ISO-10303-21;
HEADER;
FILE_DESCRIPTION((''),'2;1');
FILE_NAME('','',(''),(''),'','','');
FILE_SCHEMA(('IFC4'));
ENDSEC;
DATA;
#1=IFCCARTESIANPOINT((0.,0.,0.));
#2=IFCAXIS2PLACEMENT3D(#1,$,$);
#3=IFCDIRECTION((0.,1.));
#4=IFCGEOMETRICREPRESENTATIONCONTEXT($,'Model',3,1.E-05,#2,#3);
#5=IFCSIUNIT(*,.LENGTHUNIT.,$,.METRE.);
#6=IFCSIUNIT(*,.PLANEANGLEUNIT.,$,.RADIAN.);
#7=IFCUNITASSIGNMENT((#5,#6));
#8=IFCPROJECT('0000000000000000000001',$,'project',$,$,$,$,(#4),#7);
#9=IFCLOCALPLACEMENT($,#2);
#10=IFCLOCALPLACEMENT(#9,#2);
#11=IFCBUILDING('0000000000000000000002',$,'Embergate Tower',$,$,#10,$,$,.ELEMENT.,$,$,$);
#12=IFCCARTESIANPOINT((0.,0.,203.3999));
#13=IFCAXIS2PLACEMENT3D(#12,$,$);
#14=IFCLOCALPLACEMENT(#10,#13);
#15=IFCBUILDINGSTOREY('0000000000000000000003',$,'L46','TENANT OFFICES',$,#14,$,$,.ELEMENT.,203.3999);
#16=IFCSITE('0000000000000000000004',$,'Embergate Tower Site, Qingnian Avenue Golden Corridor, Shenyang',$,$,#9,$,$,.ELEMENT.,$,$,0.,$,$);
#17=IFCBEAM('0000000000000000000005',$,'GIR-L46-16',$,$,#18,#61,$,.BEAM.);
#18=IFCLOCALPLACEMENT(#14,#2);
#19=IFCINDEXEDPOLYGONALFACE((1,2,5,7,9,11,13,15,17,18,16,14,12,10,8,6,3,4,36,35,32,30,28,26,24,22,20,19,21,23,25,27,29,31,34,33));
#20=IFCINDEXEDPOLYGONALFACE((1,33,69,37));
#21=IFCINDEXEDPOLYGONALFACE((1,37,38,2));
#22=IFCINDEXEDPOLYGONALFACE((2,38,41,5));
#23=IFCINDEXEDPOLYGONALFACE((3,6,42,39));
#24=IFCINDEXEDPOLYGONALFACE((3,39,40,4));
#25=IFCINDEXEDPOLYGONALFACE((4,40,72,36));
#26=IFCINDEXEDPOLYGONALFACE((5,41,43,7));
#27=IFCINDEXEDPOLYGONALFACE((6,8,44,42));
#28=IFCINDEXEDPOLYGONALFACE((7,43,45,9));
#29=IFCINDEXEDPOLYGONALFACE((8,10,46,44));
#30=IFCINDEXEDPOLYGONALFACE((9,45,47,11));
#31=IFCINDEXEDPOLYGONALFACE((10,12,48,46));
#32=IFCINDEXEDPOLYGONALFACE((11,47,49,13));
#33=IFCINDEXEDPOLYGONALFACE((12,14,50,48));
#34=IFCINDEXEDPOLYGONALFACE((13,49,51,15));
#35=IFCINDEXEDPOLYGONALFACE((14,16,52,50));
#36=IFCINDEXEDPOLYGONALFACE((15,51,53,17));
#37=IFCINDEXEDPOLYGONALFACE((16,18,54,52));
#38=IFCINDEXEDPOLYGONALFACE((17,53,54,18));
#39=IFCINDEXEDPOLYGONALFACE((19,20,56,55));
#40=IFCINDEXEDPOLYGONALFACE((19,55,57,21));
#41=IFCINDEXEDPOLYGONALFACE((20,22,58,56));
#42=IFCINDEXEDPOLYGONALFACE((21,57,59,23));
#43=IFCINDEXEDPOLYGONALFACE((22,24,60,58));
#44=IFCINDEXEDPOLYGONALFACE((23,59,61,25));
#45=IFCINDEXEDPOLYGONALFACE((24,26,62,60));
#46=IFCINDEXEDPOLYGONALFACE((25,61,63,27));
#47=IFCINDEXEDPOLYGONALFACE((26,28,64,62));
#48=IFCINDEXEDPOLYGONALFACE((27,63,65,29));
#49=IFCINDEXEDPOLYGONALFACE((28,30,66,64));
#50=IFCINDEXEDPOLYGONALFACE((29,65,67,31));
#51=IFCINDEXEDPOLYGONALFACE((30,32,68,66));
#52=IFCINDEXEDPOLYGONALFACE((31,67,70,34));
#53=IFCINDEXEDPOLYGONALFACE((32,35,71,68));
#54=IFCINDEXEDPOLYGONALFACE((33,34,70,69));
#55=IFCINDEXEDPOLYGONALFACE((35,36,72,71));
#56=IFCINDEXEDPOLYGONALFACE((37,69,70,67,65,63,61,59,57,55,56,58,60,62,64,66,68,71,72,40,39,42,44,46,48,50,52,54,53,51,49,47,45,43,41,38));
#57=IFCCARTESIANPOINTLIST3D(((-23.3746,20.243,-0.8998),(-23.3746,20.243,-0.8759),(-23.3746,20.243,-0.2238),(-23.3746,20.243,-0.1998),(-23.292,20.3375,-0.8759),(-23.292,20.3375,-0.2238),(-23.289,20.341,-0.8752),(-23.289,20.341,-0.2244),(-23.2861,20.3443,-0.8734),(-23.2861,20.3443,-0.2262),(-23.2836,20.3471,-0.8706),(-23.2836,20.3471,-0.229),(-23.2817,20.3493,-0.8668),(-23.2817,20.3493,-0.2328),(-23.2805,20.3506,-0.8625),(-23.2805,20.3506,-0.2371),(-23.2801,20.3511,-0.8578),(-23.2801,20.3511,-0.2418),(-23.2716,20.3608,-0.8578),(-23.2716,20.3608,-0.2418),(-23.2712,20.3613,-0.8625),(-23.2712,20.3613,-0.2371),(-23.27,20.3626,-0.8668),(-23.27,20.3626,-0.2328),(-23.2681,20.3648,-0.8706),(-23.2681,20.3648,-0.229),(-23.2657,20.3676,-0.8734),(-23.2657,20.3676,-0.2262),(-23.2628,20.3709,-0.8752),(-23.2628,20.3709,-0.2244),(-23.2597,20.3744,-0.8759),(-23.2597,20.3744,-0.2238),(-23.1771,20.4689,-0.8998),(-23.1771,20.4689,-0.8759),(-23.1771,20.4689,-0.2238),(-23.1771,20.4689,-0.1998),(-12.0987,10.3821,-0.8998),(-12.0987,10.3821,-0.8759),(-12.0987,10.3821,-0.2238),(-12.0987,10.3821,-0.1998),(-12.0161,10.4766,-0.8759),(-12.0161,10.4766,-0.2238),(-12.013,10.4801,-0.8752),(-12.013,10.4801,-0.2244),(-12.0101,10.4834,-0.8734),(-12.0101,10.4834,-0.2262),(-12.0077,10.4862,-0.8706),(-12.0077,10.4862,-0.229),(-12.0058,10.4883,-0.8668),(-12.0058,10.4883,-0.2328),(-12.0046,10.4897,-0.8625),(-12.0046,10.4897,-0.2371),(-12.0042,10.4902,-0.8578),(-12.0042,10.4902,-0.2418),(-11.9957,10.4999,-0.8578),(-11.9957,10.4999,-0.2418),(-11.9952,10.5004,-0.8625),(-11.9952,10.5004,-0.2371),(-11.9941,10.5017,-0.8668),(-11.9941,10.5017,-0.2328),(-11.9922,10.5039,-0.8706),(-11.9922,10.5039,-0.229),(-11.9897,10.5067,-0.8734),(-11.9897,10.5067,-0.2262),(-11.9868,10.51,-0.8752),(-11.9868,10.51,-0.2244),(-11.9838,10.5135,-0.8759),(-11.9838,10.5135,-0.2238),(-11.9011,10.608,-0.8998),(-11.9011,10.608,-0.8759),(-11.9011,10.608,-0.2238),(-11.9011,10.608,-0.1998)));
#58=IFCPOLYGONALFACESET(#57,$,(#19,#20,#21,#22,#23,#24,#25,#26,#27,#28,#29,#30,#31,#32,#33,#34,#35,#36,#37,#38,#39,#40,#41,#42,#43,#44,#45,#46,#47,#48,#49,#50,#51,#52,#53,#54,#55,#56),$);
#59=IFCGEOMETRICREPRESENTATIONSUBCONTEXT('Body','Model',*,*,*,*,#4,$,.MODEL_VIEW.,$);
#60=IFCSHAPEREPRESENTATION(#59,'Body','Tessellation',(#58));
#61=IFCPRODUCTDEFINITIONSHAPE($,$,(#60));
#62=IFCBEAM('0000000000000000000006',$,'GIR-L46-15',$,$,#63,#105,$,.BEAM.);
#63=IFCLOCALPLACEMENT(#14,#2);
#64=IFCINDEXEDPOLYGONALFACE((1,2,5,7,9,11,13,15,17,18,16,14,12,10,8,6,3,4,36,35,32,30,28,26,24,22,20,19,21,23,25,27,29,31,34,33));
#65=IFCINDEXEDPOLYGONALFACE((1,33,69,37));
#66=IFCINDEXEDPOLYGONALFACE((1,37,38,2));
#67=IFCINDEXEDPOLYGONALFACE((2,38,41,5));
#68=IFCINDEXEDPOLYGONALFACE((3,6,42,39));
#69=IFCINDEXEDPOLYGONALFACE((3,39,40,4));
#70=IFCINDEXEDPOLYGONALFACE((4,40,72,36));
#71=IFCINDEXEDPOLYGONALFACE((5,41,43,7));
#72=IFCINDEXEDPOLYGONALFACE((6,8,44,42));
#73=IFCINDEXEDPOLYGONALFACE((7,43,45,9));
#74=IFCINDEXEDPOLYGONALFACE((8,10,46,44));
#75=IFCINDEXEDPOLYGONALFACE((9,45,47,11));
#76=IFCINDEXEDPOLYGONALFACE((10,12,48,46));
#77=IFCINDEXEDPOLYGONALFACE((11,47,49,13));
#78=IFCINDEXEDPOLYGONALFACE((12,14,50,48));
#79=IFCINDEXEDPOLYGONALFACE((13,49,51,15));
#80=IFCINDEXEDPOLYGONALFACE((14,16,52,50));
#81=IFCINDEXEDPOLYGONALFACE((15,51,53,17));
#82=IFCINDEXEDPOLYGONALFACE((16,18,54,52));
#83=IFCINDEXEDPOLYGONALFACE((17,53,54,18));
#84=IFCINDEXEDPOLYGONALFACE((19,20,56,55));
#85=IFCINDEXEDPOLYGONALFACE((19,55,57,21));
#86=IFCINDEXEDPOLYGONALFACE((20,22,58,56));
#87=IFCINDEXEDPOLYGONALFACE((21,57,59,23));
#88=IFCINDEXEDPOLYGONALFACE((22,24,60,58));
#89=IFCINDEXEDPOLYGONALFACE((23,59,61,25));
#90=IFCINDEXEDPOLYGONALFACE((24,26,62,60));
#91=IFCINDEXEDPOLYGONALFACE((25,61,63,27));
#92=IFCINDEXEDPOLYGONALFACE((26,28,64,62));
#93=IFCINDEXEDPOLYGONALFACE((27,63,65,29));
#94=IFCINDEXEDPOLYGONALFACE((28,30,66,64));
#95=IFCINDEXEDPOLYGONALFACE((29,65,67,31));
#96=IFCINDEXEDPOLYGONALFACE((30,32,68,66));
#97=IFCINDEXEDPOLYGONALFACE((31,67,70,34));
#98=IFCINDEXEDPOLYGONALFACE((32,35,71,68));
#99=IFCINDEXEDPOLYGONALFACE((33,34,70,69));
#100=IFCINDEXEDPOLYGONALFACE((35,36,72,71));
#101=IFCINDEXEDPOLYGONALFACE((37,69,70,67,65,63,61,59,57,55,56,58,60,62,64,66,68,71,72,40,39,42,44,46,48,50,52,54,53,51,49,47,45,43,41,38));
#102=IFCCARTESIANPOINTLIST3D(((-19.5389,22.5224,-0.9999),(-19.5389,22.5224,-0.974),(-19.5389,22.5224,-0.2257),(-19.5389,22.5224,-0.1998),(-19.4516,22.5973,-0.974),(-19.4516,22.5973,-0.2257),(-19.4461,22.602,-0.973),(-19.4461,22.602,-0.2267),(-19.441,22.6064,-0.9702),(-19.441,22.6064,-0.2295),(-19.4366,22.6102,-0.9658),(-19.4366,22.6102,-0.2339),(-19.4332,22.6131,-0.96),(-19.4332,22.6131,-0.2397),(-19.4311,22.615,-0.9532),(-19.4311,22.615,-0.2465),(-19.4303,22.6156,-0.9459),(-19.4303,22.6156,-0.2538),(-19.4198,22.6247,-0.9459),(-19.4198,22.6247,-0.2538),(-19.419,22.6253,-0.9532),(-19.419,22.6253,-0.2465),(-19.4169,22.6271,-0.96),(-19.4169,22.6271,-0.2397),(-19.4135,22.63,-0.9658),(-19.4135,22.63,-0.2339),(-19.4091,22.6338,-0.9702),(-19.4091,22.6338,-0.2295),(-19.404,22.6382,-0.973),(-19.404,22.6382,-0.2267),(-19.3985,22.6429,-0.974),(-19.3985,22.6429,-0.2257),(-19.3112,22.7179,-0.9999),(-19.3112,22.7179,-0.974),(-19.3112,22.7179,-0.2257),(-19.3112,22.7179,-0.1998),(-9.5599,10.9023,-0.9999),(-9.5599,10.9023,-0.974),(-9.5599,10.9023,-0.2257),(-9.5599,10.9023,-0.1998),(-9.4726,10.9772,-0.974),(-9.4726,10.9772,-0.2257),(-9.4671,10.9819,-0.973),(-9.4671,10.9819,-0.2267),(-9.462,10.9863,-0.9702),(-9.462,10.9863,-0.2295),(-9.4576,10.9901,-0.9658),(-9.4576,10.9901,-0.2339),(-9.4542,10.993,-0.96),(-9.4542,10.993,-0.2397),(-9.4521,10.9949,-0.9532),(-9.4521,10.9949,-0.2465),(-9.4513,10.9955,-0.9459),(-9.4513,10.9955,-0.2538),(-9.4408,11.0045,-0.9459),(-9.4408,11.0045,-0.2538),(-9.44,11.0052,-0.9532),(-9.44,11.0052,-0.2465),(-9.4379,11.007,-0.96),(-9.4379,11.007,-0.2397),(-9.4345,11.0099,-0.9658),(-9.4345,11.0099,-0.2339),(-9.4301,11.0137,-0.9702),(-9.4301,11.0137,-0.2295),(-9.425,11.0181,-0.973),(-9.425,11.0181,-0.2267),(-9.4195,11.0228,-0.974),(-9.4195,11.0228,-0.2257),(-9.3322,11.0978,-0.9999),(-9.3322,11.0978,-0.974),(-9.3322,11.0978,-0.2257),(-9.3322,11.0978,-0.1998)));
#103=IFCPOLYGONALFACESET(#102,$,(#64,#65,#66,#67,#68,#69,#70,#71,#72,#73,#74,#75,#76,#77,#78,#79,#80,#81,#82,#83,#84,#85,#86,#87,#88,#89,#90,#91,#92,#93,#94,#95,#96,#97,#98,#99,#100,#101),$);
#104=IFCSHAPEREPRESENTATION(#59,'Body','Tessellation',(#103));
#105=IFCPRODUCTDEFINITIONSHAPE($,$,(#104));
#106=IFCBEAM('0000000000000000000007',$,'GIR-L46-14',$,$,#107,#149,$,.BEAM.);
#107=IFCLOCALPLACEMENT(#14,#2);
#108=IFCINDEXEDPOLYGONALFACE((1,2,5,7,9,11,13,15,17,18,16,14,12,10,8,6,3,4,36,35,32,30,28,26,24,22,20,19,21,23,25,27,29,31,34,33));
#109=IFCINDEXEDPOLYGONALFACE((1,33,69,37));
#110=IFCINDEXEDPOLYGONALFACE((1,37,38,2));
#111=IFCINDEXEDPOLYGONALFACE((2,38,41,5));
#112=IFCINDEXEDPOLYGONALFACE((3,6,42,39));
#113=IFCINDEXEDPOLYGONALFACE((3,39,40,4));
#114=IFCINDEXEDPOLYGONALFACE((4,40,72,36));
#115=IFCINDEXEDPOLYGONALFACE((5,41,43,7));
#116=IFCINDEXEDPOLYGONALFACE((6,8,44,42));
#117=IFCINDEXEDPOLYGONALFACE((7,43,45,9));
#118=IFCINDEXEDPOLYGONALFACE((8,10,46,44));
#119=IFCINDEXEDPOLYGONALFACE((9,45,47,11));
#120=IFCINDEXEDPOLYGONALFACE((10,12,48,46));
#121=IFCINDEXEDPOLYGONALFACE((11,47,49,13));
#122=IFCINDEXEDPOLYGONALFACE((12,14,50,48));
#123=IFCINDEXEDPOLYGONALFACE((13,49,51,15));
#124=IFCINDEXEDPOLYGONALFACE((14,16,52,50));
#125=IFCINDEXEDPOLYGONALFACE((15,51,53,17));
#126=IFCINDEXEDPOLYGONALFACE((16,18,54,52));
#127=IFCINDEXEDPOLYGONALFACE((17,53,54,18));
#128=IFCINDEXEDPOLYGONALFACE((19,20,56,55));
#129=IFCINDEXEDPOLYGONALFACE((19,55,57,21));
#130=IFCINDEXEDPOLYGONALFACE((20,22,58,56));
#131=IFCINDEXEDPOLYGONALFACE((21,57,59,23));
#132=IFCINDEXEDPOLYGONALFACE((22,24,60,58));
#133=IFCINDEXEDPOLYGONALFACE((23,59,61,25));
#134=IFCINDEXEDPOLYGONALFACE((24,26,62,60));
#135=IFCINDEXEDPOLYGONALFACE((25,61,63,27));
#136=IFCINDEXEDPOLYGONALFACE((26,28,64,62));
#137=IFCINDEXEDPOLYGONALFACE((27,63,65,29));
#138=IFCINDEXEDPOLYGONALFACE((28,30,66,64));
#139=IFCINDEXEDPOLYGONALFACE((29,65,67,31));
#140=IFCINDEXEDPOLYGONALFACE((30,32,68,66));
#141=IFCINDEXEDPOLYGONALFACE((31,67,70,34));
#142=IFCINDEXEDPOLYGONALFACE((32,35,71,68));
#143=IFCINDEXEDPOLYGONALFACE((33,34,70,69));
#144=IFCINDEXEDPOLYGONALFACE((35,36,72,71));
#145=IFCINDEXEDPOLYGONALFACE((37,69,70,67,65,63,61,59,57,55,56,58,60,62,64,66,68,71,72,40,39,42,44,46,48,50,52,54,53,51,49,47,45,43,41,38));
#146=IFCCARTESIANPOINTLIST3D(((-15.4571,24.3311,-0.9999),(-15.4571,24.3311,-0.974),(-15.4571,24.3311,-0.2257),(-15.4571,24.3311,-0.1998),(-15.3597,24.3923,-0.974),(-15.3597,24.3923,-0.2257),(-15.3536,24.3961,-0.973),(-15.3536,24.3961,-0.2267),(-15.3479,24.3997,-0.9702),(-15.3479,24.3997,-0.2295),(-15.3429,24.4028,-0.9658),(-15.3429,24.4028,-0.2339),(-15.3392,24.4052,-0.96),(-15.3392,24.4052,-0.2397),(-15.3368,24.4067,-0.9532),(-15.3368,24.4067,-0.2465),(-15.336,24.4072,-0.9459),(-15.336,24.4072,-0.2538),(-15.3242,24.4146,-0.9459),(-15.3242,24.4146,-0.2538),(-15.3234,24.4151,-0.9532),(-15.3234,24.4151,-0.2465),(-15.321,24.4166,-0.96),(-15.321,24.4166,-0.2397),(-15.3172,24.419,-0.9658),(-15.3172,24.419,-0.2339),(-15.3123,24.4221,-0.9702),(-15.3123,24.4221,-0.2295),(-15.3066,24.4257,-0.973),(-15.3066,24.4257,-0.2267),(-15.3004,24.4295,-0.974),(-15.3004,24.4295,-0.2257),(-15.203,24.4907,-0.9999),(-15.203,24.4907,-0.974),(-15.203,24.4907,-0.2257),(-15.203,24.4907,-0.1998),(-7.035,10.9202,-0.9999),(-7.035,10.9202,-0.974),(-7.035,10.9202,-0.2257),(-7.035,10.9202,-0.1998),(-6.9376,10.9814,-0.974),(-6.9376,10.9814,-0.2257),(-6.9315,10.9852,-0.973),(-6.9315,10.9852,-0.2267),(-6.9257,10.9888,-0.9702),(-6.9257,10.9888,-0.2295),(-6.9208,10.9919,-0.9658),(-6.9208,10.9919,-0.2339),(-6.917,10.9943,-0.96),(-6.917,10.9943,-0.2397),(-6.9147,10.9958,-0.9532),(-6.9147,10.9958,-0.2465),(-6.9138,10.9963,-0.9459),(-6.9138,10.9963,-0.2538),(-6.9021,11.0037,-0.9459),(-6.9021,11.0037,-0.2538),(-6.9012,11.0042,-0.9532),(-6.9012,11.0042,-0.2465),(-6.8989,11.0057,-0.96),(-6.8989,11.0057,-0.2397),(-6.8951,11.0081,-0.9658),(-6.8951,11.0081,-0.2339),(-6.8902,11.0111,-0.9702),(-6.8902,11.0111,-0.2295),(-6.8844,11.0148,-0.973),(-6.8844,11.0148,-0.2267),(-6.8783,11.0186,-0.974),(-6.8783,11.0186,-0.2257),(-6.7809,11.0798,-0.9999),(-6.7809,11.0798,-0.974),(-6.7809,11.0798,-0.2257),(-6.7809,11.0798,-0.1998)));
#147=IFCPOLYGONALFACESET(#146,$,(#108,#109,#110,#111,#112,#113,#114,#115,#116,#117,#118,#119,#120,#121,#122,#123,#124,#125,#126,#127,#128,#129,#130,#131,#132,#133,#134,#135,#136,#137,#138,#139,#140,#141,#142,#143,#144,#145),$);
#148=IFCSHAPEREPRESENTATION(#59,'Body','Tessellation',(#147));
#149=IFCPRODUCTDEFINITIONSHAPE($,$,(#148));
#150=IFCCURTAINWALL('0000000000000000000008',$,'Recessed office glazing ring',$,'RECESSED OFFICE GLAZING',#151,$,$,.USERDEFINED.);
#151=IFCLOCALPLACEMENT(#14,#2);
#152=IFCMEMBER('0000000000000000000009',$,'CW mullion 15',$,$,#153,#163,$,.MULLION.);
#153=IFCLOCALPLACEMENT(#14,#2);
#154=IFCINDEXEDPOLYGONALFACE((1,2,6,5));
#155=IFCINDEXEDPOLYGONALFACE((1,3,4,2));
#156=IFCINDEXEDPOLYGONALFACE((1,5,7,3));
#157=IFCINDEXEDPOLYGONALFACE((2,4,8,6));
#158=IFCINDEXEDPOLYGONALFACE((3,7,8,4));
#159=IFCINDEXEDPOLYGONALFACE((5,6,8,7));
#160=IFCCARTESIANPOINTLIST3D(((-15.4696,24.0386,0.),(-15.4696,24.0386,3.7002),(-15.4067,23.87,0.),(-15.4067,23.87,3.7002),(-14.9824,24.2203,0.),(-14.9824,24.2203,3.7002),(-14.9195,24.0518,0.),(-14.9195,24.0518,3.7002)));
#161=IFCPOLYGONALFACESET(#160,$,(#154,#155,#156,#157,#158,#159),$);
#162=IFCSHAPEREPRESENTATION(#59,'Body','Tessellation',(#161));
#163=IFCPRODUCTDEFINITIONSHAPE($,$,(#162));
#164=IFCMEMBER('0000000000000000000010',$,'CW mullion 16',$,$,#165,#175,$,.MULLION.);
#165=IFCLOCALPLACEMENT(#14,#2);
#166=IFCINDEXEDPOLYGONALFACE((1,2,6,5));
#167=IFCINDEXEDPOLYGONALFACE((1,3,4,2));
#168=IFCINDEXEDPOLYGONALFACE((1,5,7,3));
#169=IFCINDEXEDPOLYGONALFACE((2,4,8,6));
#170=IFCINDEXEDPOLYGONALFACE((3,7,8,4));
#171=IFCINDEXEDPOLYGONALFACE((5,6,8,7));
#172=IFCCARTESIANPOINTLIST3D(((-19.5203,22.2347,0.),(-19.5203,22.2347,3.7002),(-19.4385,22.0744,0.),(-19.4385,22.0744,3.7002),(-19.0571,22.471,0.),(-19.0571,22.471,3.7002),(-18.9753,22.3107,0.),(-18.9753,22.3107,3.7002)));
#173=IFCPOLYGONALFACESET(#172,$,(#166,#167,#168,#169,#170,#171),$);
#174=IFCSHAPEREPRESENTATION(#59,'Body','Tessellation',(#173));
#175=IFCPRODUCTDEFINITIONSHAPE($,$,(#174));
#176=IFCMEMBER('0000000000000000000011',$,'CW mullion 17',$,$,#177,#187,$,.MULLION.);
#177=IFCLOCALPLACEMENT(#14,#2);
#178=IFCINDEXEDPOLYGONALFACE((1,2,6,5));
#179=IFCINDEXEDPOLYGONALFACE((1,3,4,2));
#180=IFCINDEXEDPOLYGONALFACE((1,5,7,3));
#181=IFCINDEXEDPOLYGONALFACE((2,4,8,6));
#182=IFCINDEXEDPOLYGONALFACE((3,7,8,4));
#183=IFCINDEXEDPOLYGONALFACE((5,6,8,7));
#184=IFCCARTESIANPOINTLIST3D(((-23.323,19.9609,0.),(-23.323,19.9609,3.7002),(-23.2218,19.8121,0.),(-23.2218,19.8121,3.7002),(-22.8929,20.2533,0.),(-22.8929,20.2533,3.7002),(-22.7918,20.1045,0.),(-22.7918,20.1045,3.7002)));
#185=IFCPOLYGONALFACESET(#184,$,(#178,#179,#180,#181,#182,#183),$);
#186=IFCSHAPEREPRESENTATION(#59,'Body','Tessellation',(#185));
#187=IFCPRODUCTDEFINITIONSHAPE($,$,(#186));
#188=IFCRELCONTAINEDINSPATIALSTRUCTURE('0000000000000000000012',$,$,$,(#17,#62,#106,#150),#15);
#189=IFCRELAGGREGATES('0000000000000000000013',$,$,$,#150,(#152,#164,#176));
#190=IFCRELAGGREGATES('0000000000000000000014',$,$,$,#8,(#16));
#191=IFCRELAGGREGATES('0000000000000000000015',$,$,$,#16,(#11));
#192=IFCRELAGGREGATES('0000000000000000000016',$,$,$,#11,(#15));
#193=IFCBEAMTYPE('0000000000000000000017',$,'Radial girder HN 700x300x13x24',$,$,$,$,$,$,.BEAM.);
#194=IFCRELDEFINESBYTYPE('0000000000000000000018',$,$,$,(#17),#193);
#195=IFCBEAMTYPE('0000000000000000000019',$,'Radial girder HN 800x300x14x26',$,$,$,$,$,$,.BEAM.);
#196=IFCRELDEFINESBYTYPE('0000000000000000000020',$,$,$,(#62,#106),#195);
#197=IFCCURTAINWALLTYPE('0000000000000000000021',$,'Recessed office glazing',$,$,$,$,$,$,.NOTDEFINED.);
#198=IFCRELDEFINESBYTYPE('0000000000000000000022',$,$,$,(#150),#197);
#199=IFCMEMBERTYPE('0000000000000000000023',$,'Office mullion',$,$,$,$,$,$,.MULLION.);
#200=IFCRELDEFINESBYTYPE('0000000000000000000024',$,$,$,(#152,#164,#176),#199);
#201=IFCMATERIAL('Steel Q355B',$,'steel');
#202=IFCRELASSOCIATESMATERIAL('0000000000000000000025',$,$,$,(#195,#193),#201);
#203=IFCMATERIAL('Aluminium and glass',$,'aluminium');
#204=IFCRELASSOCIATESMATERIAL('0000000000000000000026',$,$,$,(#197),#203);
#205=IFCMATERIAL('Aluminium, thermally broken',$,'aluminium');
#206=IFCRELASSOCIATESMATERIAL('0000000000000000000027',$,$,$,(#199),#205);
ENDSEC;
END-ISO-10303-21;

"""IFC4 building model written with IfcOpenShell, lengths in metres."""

from ifc_helpers import new_model, si_unit, direction, frame, origin, origin_2d, place, context, subcontext, project, spatial, rectangle, i_section, extrude, source, transform, mapped, material, material_profile, profile_set, type_object, element, aggregate, save


model = new_model("IFC4")

# Units and contexts
model_context = context("Model", 3, precision=1e-05, world=origin(), true_north=direction((0.0, 1.0)))
body_context = subcontext(model_context, "Body", "Model", "MODEL_VIEW")
ifc_project = project(units=[si_unit("LENGTHUNIT", "METRE"), si_unit("PLANEANGLEUNIT", "RADIAN")], contexts=[model_context])

# Site, building, storey
site_placement = place(None, origin())
site = spatial("IfcSite", under=ifc_project, at=site_placement, Name="Embergate Tower Site, Qingnian Avenue Golden Corridor, Shenyang", CompositionType="ELEMENT", RefElevation=0.0)
building_placement = place(site_placement, origin())
building = spatial("IfcBuilding", under=site, at=building_placement, Name="Embergate Tower", CompositionType="ELEMENT")
storey_placement = place(building_placement, frame((0.0, 0.0, 203.3999)))
storey = spatial("IfcBuildingStorey", under=building, at=storey_placement, Name="L46", Description="TENANT OFFICES", CompositionType="ELEMENT", Elevation=203.3999)

# Beams
ifc_material_1 = material(Name="Steel Q355B", Category="steel")
ifc_material_profile_1 = material_profile(ifc_material_1, i_section(OverallWidth=0.3, OverallDepth=0.8, WebThickness=0.0139, FlangeThickness=0.0259, FilletRadius=0.0281, at=origin_2d()), Name="HN 800x300x14x26")
ifc_profile_set_1 = profile_set([ifc_material_profile_1], Name="Steel Q355 grade B")
beam_type_1 = type_object("IfcBeamType", Name="Radial girder HN 800x300x14x26", PredefinedType="BEAM", material=ifc_profile_set_1)
ifc_material_profile_2 = material_profile(ifc_material_1, i_section(OverallWidth=0.3, OverallDepth=0.7, WebThickness=0.0129, FlangeThickness=0.0239, FilletRadius=0.0181, at=origin_2d()), Name="HN 700x300x13x24")
ifc_profile_set_2 = profile_set([ifc_material_profile_2], Name="Steel Q355 grade B")
beam_type_2 = type_object("IfcBeamType", Name="Radial girder HN 700x300x13x24", PredefinedType="BEAM", material=ifc_profile_set_2)
shared_shape_1 = source(origin(), body_context, "Body", "SweptSolid", [
    extrude(i_section(OverallWidth=0.3, OverallDepth=0.7, WebThickness=0.0129, FlangeThickness=0.0239, FilletRadius=0.0181, at=origin_2d()), origin(), (0.0, 0.0, 1.0), 14.9795),
])
beam_1_placement = place(storey_placement, frame((-23.2759, 20.356, -0.5498), z_axis=(0.75276, -0.658295, 0.0), x_axis=(0.658295, 0.75276, 0.0)))
element("IfcBeam", 1, at=beam_1_placement, inside=storey, type_object=beam_type_2, Name="GIR-L46-16", PredefinedType="BEAM", context=body_context, shape_type="MappedRepresentation", body=[
    mapped(shared_shape_1, transform((0.0, 0.0, 0.0))),
])
shared_shape_2 = source(origin(), body_context, "Body", "SweptSolid", [
    extrude(i_section(OverallWidth=0.3, OverallDepth=0.8, WebThickness=0.0139, FlangeThickness=0.0259, FilletRadius=0.0281, at=origin_2d()), origin(), (0.0, 0.0, 1.0), 15.3169),
])
beam_2_placement = place(storey_placement, frame((-19.425, 22.6201, -0.5999), z_axis=(0.651503, -0.758646, 0.0), x_axis=(0.758646, 0.651503, 0.0)))
element("IfcBeam", 2, at=beam_2_placement, inside=storey, type_object=beam_type_1, Name="GIR-L46-15", PredefinedType="BEAM", context=body_context, shape_type="MappedRepresentation", body=[
    mapped(shared_shape_2, transform((0.0, 0.0, 0.0))),
])
shared_shape_3 = source(origin(), body_context, "Body", "SweptSolid", [
    extrude(i_section(OverallWidth=0.3, OverallDepth=0.8, WebThickness=0.0139, FlangeThickness=0.0259, FilletRadius=0.0281, at=origin_2d()), origin(), (0.0, 0.0, 1.0), 15.8362),
])
beam_3_placement = place(storey_placement, frame((-15.3301, 24.4109, -0.5999), z_axis=(0.531828, -0.846852, 0.0), x_axis=(0.846852, 0.531828, 0.0)))
element("IfcBeam", 3, at=beam_3_placement, inside=storey, type_object=beam_type_1, Name="GIR-L46-14", PredefinedType="BEAM", context=body_context, shape_type="MappedRepresentation", body=[
    mapped(shared_shape_3, transform((0.0, 0.0, 0.0))),
])

# Curtain wall, members
ifc_material_2 = material(Name="Aluminium and glass", Category="aluminium")
curtain_wall_type = type_object("IfcCurtainWallType", Name="Recessed office glazing", PredefinedType="NOTDEFINED", material=ifc_material_2)
curtain_wall_placement = place(storey_placement, origin())
curtain_wall = element("IfcCurtainWall", 4, at=curtain_wall_placement, inside=storey, type_object=curtain_wall_type, Name="Recessed office glazing ring", ObjectType="RECESSED OFFICE GLAZING", PredefinedType="USERDEFINED")
ifc_material_3 = material(Name="Aluminium, thermally broken", Category="aluminium")
ifc_material_profile_3 = material_profile(ifc_material_3, rectangle(XDim=0.1799, YDim=0.52, at=origin_2d()), Name="AL 520x180")
ifc_profile_set_3 = profile_set([ifc_material_profile_3], Name="Aluminium, thermally broken")
member_type_1 = type_object("IfcMemberType", Name="Office mullion", PredefinedType="MULLION", material=ifc_profile_set_3)
shared_shape_4 = source(origin(), body_context, "Body", "SweptSolid", [
    extrude(rectangle(XDim=0.1799, YDim=0.52, at=origin_2d()), origin(), (0.0, 0.0, 1.0), 3.7002),
])
member_1_placement = place(storey_placement, frame((-15.1946, 24.0452, 0.0), z_axis=(0.0, 0.0, 1.0), x_axis=(0.349511, -0.936932, 0.0)))
member_1 = element("IfcMember", 5, at=member_1_placement, type_object=member_type_1, Name="CW mullion 15", PredefinedType="MULLION", context=body_context, shape_type="MappedRepresentation", body=[
    mapped(shared_shape_4, transform((0.0, 0.0, 0.0))),
])
member_2_placement = place(storey_placement, frame((-19.2478, 22.2727, 0.0), z_axis=(0.0, 0.0, 1.0), x_axis=(0.454521, -0.890736, 0.0)))
member_2 = element("IfcMember", 6, at=member_2_placement, type_object=member_type_1, Name="CW mullion 16", PredefinedType="MULLION", context=body_context, shape_type="MappedRepresentation", body=[
    mapped(shared_shape_4, transform((0.0, 0.0, 0.0))),
])
member_3_placement = place(storey_placement, frame((-23.0574, 20.0327, 0.0), z_axis=(0.0, 0.0, 1.0), x_axis=(0.562226, -0.826983, 0.0)))
member_3 = element("IfcMember", 7, at=member_3_placement, type_object=member_type_1, Name="CW mullion 17", PredefinedType="MULLION", context=body_context, shape_type="MappedRepresentation", body=[
    mapped(shared_shape_4, transform((0.0, 0.0, 0.0))),
])
aggregate(curtain_wall, [member_1, member_2, member_3])

save(model, "model.ifc")
